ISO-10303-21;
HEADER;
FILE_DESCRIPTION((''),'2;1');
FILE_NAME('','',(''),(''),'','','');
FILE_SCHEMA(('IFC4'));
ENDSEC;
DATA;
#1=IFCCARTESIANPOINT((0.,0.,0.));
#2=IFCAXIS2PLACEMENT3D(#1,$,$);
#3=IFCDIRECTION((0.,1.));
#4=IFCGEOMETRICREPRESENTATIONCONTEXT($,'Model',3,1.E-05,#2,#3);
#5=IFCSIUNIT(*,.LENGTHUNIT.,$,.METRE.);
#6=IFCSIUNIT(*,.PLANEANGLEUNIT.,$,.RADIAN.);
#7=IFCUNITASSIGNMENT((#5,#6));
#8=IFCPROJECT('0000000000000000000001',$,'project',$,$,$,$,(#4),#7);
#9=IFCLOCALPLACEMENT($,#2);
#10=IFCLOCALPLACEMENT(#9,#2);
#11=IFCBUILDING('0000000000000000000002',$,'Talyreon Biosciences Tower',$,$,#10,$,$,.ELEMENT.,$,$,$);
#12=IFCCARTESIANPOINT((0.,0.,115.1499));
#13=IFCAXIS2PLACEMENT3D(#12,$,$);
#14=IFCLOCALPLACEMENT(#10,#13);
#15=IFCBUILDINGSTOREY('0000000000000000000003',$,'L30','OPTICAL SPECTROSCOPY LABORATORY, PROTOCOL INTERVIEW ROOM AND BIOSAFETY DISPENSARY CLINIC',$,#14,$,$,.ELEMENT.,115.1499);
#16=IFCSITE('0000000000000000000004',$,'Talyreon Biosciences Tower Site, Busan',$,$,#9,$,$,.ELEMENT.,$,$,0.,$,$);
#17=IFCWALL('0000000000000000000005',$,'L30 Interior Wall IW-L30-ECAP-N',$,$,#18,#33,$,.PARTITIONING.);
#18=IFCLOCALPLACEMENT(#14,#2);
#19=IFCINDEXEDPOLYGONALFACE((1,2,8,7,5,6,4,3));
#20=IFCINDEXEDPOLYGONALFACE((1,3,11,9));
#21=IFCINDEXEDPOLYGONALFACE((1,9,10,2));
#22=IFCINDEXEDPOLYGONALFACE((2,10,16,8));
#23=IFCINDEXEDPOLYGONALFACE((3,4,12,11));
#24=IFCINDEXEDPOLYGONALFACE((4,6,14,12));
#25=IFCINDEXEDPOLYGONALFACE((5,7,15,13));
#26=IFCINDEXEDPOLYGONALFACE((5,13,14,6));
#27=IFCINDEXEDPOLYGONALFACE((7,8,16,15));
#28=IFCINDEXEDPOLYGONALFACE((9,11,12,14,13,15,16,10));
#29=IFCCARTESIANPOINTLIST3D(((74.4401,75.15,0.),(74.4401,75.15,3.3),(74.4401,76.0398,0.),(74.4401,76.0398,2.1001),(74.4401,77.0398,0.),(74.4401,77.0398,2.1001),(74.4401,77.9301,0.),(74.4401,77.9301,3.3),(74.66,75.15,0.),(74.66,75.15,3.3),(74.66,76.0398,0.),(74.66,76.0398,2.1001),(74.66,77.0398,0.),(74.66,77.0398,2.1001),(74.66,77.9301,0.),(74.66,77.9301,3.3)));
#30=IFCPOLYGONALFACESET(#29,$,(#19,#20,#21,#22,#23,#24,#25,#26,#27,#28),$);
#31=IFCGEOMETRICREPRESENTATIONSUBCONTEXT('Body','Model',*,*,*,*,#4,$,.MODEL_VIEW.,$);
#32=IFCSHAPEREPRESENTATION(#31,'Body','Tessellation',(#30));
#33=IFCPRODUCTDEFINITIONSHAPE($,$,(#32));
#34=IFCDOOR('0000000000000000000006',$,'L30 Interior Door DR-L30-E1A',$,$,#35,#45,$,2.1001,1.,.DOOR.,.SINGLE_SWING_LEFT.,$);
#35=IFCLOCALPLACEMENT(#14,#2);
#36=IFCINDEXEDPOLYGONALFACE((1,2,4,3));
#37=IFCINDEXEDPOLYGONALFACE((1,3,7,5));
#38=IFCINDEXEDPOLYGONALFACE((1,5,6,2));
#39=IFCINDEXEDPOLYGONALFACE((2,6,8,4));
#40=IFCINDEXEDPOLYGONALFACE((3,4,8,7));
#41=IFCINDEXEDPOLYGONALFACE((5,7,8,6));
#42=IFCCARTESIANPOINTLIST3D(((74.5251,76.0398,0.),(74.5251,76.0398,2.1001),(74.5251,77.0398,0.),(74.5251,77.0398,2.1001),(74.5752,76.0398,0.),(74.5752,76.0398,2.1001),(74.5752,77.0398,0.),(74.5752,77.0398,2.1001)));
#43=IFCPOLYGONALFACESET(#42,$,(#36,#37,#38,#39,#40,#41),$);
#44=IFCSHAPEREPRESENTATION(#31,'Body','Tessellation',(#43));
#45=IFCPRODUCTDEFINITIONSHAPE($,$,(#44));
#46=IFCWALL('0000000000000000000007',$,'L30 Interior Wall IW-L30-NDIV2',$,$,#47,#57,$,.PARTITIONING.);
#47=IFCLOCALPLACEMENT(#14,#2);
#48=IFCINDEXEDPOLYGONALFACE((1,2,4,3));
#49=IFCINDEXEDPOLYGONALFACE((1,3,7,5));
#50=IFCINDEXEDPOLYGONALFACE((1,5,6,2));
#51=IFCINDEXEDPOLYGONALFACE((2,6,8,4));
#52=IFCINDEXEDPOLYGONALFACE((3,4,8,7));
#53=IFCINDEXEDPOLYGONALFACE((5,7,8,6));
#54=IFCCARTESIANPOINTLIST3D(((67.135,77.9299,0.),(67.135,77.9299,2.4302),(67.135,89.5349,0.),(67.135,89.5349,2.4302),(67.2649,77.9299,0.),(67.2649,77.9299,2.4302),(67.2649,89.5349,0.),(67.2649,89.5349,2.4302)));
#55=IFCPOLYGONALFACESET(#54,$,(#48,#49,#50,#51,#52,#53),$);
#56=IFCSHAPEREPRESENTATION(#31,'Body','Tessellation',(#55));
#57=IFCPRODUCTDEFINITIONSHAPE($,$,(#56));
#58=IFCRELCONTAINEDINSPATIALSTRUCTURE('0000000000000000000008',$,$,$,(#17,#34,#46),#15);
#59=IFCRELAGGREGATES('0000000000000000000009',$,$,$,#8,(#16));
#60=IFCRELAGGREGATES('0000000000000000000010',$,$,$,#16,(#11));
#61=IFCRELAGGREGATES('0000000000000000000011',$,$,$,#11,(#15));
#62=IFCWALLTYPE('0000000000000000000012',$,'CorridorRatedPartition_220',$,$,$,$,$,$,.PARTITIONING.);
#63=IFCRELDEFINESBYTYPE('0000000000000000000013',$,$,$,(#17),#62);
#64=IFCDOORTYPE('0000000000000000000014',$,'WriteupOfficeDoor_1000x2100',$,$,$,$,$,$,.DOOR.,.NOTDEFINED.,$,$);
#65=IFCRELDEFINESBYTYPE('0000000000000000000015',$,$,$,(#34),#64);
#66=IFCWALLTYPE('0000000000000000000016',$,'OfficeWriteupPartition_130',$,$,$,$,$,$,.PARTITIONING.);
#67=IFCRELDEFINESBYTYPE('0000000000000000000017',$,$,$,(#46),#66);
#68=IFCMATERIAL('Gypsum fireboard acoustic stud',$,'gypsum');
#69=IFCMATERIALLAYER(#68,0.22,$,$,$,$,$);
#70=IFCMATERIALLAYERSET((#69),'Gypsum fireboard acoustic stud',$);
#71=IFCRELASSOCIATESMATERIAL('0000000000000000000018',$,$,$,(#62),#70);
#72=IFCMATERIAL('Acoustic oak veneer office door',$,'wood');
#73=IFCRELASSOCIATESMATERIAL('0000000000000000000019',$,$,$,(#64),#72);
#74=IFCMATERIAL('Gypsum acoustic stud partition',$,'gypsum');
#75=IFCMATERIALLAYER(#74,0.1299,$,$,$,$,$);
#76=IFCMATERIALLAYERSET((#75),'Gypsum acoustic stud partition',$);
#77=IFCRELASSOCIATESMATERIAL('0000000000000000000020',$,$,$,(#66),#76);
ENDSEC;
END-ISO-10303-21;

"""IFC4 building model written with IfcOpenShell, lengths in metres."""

from ifc_helpers import new_model, si_unit, direction, frame, frame_2d, origin, place, context, subcontext, project, spatial, rectangle, extrude, material, layer, layer_set, type_object, element, fill, save


model = new_model("IFC4")

# Units and contexts
model_context = context("Model", 3, precision=1e-05, world=origin(), true_north=direction((0.0, 1.0)))
body_context = subcontext(model_context, "Body", "Model", "MODEL_VIEW")
ifc_project = project(units=[si_unit("LENGTHUNIT", "METRE"), si_unit("PLANEANGLEUNIT", "RADIAN")], contexts=[model_context])

# Site, building, storey
site_placement = place(None, origin())
site = spatial("IfcSite", under=ifc_project, at=site_placement, Name="Talyreon Biosciences Tower Site, Busan", CompositionType="ELEMENT", RefElevation=0.0)
building_placement = place(site_placement, origin())
building = spatial("IfcBuilding", under=site, at=building_placement, Name="Talyreon Biosciences Tower", CompositionType="ELEMENT")
storey_placement = place(building_placement, frame((0.0, 0.0, 115.1499)))
storey = spatial("IfcBuildingStorey", under=building, at=storey_placement, Name="L30", Description="OPTICAL SPECTROSCOPY LABORATORY, PROTOCOL INTERVIEW ROOM AND BIOSAFETY DISPENSARY CLINIC", CompositionType="ELEMENT", Elevation=115.1499)

# Wall, opening, door
ifc_material_1 = material(Name="Gypsum fireboard acoustic stud", Category="gypsum")
ifc_layer_1 = layer(ifc_material_1, 0.22)
ifc_layer_set_1 = layer_set([ifc_layer_1], Name="Gypsum fireboard acoustic stud")
wall_type_1 = type_object("IfcWallType", Name="CorridorRatedPartition_220", PredefinedType="PARTITIONING", material=ifc_layer_set_1)
wall_1_placement = place(storey_placement, frame((74.55, 75.1499, 0.0), z_axis=(0.0, 0.0, 1.0), x_axis=(0.0, 1.0, 0.0)))
wall_1 = element("IfcWall", 1, at=wall_1_placement, inside=storey, type_object=wall_type_1, Name="L30 Interior Wall IW-L30-ECAP-N", PredefinedType="PARTITIONING", context=body_context, shape_type="SweptSolid", body=[
    extrude(rectangle(XDim=2.78, YDim=0.22, at=frame_2d((1.3901, 0.0))), origin(), (0.0, 0.0, 1.0), 3.3),
])
opening_placement = place(wall_1_placement, frame((0.8899, 0.0, 0.0)))
opening = element("IfcOpeningElement", 2, at=opening_placement, cuts=wall_1, PredefinedType="OPENING", context=body_context, shape_type="SweptSolid", body=[
    extrude(rectangle(XDim=1.0, YDim=2.1001, at=frame_2d((0.5, 1.05))), frame((0.0, 0.1199, 0.0), z_axis=(0.0, -1.0, 0.0), x_axis=(1.0, 0.0, 0.0)), (0.0, 0.0, 1.0), 0.24),
])
ifc_material_2 = material(Name="Acoustic oak veneer office door", Category="wood")
door_type = type_object("IfcDoorType", Name="WriteupOfficeDoor_1000x2100", OperationType="NOTDEFINED", PredefinedType="DOOR", material=ifc_material_2)
door_placement = place(opening_placement, origin())
door = element("IfcDoor", 3, at=door_placement, inside=storey, type_object=door_type, Name="L30 Interior Door DR-L30-E1A", OperationType="SINGLE_SWING_LEFT", OverallHeight=2.1001, OverallWidth=1.0, PredefinedType="DOOR", context=body_context, shape_type="SweptSolid", body=[
    extrude(rectangle(XDim=1.0, YDim=2.1001, at=frame_2d((0.5, 1.05))), frame((0.0, 0.0249, 0.0), z_axis=(0.0, -1.0, 0.0), x_axis=(1.0, 0.0, 0.0)), (0.0, 0.0, 1.0), 0.05),
])
fill(opening, door)

# Wall
ifc_material_3 = material(Name="Gypsum acoustic stud partition", Category="gypsum")
ifc_layer_2 = layer(ifc_material_3, 0.1299)
ifc_layer_set_2 = layer_set([ifc_layer_2], Name="Gypsum acoustic stud partition")
wall_type_2 = type_object("IfcWallType", Name="OfficeWriteupPartition_130", PredefinedType="PARTITIONING", material=ifc_layer_set_2)
wall_2_placement = place(storey_placement, frame((67.2, 77.9299, 0.0), z_axis=(0.0, 0.0, 1.0), x_axis=(0.0, 1.0, 0.0)))
element("IfcWall", 4, at=wall_2_placement, inside=storey, type_object=wall_type_2, Name="L30 Interior Wall IW-L30-NDIV2", PredefinedType="PARTITIONING", context=body_context, shape_type="SweptSolid", body=[
    extrude(rectangle(XDim=11.605, YDim=0.1299, at=frame_2d((5.8025, 0.0))), origin(), (0.0, 0.0, 1.0), 2.4302),
])

save(model, "model.ifc")
